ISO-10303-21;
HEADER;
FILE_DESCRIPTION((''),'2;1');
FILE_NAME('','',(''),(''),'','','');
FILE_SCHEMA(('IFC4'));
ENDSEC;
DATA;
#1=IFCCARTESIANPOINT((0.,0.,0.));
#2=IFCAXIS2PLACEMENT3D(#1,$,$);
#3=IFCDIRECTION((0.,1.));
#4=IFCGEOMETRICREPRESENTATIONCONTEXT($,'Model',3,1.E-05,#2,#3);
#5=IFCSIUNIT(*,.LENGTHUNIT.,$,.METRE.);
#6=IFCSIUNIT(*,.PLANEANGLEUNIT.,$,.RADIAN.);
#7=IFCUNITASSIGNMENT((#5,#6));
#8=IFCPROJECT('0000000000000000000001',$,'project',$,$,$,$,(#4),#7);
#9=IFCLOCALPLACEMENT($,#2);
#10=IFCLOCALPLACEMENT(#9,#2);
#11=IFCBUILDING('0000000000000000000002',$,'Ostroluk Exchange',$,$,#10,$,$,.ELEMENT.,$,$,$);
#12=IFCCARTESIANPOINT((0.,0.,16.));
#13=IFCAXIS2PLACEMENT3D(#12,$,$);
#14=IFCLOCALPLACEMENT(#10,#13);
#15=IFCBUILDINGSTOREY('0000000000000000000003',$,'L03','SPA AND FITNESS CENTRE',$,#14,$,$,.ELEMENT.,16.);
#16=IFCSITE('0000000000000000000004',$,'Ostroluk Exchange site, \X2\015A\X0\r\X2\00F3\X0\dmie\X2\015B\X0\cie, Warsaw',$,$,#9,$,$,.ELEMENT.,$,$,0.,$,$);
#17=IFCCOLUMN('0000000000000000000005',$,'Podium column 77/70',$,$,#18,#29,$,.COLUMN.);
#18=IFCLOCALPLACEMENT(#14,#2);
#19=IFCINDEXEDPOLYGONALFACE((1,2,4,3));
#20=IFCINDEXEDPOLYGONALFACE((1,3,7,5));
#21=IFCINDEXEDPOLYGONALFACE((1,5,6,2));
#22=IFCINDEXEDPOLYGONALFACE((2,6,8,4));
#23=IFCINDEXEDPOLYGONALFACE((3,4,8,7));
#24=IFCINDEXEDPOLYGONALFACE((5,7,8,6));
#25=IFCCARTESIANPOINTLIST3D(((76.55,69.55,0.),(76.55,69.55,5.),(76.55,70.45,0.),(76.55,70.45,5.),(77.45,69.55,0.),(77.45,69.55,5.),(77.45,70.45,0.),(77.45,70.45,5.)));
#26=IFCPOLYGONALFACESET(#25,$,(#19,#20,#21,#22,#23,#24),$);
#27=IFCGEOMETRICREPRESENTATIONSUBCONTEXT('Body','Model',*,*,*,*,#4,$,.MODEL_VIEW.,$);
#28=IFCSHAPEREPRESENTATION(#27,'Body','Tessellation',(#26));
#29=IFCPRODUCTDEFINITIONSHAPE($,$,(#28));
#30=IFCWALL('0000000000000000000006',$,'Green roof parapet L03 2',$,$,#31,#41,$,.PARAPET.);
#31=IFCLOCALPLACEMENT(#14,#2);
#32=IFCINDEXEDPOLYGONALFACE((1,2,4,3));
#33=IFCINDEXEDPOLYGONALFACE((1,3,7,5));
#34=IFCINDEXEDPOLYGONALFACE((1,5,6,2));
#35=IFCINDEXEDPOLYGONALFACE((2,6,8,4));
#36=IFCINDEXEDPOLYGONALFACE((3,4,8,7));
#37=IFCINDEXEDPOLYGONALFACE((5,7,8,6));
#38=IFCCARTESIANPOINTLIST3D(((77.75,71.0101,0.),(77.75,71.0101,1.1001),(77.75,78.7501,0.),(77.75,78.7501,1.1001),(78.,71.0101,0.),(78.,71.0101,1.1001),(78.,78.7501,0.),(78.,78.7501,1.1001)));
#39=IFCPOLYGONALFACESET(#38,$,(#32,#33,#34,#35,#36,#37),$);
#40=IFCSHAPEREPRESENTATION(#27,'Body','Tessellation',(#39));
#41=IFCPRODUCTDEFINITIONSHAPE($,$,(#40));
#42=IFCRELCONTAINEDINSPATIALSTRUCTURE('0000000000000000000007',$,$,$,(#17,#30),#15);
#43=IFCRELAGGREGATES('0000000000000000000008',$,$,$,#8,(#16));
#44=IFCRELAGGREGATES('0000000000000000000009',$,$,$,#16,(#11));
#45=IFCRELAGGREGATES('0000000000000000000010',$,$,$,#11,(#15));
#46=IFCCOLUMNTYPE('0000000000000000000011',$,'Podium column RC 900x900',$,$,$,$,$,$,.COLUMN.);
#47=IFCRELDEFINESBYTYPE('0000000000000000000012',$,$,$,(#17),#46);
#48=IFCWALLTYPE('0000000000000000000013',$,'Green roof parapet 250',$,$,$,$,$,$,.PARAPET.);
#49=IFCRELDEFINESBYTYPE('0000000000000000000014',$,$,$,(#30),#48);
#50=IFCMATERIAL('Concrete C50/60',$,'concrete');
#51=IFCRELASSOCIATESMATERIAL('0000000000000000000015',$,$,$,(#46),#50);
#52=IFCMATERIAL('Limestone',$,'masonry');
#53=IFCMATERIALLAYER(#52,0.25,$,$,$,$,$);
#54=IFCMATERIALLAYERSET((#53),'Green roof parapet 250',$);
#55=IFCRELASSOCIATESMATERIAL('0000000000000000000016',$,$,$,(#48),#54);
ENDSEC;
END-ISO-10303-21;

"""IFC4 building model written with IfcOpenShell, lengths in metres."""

from ifc_helpers import new_model, si_unit, direction, frame, frame_2d, origin, origin_2d, place, context, subcontext, project, spatial, rectangle, extrude, material, layer, layer_set, material_profile, profile_set, type_object, element, save


model = new_model("IFC4")

# Units and contexts
model_context = context("Model", 3, precision=1e-05, world=origin(), true_north=direction((0.0, 1.0)))
body_context = subcontext(model_context, "Body", "Model", "MODEL_VIEW")
ifc_project = project(units=[si_unit("LENGTHUNIT", "METRE"), si_unit("PLANEANGLEUNIT", "RADIAN")], contexts=[model_context])

# Site, building, storey
site_placement = place(None, origin())
site = spatial("IfcSite", under=ifc_project, at=site_placement, Name="Ostroluk Exchange site, Śródmieście, Warsaw", CompositionType="ELEMENT", RefElevation=0.0)
building_placement = place(site_placement, origin())
building = spatial("IfcBuilding", under=site, at=building_placement, Name="Ostroluk Exchange", CompositionType="ELEMENT")
storey_placement = place(building_placement, frame((0.0, 0.0, 16.0)))
storey = spatial("IfcBuildingStorey", under=building, at=storey_placement, Name="L03", Description="SPA AND FITNESS CENTRE", CompositionType="ELEMENT", Elevation=16.0)

# Column
ifc_material_1 = material(Name="Concrete C50/60", Category="concrete")
ifc_material_profile = material_profile(ifc_material_1, rectangle(XDim=0.8999, YDim=0.8999, at=origin_2d()), Name="RC 900x900")
ifc_profile_set = profile_set([ifc_material_profile], Name="Concrete C50/60")
column_type = type_object("IfcColumnType", Name="Podium column RC 900x900", PredefinedType="COLUMN", material=ifc_profile_set)
column_placement = place(storey_placement, frame((77.0, 70.0, 0.0), z_axis=(0.0, 0.0, 1.0), x_axis=(1.0, 0.0, 0.0)))
element("IfcColumn", 1, at=column_placement, inside=storey, type_object=column_type, Name="Podium column 77/70", PredefinedType="COLUMN", context=body_context, shape_type="SweptSolid", body=[
    extrude(rectangle(XDim=0.8999, YDim=0.8999, at=origin_2d()), origin(), (0.0, 0.0, 1.0), 5.0),
])

# Wall
ifc_material_2 = material(Name="Limestone", Category="masonry")
ifc_layer_1 = layer(ifc_material_2, 0.25)
ifc_layer_set_1 = layer_set([ifc_layer_1], Name="Green roof parapet 250")
wall_type_1 = type_object("IfcWallType", Name="Green roof parapet 250", PredefinedType="PARAPET", material=ifc_layer_set_1)
wall_1_placement = place(storey_placement, frame((77.875, 71.01, 0.0), z_axis=(0.0, 0.0, 1.0), x_axis=(0.0, 1.0, 0.0)))
element("IfcWall", 2, at=wall_1_placement, inside=storey, type_object=wall_type_1, Name="Green roof parapet L03 2", PredefinedType="PARAPET", context=body_context, shape_type="SweptSolid", body=[
    extrude(rectangle(XDim=7.74, YDim=0.25, at=frame_2d((3.8701, 0.0))), origin(), (0.0, 0.0, 1.0), 1.1001),
])

save(model, "model.ifc")
